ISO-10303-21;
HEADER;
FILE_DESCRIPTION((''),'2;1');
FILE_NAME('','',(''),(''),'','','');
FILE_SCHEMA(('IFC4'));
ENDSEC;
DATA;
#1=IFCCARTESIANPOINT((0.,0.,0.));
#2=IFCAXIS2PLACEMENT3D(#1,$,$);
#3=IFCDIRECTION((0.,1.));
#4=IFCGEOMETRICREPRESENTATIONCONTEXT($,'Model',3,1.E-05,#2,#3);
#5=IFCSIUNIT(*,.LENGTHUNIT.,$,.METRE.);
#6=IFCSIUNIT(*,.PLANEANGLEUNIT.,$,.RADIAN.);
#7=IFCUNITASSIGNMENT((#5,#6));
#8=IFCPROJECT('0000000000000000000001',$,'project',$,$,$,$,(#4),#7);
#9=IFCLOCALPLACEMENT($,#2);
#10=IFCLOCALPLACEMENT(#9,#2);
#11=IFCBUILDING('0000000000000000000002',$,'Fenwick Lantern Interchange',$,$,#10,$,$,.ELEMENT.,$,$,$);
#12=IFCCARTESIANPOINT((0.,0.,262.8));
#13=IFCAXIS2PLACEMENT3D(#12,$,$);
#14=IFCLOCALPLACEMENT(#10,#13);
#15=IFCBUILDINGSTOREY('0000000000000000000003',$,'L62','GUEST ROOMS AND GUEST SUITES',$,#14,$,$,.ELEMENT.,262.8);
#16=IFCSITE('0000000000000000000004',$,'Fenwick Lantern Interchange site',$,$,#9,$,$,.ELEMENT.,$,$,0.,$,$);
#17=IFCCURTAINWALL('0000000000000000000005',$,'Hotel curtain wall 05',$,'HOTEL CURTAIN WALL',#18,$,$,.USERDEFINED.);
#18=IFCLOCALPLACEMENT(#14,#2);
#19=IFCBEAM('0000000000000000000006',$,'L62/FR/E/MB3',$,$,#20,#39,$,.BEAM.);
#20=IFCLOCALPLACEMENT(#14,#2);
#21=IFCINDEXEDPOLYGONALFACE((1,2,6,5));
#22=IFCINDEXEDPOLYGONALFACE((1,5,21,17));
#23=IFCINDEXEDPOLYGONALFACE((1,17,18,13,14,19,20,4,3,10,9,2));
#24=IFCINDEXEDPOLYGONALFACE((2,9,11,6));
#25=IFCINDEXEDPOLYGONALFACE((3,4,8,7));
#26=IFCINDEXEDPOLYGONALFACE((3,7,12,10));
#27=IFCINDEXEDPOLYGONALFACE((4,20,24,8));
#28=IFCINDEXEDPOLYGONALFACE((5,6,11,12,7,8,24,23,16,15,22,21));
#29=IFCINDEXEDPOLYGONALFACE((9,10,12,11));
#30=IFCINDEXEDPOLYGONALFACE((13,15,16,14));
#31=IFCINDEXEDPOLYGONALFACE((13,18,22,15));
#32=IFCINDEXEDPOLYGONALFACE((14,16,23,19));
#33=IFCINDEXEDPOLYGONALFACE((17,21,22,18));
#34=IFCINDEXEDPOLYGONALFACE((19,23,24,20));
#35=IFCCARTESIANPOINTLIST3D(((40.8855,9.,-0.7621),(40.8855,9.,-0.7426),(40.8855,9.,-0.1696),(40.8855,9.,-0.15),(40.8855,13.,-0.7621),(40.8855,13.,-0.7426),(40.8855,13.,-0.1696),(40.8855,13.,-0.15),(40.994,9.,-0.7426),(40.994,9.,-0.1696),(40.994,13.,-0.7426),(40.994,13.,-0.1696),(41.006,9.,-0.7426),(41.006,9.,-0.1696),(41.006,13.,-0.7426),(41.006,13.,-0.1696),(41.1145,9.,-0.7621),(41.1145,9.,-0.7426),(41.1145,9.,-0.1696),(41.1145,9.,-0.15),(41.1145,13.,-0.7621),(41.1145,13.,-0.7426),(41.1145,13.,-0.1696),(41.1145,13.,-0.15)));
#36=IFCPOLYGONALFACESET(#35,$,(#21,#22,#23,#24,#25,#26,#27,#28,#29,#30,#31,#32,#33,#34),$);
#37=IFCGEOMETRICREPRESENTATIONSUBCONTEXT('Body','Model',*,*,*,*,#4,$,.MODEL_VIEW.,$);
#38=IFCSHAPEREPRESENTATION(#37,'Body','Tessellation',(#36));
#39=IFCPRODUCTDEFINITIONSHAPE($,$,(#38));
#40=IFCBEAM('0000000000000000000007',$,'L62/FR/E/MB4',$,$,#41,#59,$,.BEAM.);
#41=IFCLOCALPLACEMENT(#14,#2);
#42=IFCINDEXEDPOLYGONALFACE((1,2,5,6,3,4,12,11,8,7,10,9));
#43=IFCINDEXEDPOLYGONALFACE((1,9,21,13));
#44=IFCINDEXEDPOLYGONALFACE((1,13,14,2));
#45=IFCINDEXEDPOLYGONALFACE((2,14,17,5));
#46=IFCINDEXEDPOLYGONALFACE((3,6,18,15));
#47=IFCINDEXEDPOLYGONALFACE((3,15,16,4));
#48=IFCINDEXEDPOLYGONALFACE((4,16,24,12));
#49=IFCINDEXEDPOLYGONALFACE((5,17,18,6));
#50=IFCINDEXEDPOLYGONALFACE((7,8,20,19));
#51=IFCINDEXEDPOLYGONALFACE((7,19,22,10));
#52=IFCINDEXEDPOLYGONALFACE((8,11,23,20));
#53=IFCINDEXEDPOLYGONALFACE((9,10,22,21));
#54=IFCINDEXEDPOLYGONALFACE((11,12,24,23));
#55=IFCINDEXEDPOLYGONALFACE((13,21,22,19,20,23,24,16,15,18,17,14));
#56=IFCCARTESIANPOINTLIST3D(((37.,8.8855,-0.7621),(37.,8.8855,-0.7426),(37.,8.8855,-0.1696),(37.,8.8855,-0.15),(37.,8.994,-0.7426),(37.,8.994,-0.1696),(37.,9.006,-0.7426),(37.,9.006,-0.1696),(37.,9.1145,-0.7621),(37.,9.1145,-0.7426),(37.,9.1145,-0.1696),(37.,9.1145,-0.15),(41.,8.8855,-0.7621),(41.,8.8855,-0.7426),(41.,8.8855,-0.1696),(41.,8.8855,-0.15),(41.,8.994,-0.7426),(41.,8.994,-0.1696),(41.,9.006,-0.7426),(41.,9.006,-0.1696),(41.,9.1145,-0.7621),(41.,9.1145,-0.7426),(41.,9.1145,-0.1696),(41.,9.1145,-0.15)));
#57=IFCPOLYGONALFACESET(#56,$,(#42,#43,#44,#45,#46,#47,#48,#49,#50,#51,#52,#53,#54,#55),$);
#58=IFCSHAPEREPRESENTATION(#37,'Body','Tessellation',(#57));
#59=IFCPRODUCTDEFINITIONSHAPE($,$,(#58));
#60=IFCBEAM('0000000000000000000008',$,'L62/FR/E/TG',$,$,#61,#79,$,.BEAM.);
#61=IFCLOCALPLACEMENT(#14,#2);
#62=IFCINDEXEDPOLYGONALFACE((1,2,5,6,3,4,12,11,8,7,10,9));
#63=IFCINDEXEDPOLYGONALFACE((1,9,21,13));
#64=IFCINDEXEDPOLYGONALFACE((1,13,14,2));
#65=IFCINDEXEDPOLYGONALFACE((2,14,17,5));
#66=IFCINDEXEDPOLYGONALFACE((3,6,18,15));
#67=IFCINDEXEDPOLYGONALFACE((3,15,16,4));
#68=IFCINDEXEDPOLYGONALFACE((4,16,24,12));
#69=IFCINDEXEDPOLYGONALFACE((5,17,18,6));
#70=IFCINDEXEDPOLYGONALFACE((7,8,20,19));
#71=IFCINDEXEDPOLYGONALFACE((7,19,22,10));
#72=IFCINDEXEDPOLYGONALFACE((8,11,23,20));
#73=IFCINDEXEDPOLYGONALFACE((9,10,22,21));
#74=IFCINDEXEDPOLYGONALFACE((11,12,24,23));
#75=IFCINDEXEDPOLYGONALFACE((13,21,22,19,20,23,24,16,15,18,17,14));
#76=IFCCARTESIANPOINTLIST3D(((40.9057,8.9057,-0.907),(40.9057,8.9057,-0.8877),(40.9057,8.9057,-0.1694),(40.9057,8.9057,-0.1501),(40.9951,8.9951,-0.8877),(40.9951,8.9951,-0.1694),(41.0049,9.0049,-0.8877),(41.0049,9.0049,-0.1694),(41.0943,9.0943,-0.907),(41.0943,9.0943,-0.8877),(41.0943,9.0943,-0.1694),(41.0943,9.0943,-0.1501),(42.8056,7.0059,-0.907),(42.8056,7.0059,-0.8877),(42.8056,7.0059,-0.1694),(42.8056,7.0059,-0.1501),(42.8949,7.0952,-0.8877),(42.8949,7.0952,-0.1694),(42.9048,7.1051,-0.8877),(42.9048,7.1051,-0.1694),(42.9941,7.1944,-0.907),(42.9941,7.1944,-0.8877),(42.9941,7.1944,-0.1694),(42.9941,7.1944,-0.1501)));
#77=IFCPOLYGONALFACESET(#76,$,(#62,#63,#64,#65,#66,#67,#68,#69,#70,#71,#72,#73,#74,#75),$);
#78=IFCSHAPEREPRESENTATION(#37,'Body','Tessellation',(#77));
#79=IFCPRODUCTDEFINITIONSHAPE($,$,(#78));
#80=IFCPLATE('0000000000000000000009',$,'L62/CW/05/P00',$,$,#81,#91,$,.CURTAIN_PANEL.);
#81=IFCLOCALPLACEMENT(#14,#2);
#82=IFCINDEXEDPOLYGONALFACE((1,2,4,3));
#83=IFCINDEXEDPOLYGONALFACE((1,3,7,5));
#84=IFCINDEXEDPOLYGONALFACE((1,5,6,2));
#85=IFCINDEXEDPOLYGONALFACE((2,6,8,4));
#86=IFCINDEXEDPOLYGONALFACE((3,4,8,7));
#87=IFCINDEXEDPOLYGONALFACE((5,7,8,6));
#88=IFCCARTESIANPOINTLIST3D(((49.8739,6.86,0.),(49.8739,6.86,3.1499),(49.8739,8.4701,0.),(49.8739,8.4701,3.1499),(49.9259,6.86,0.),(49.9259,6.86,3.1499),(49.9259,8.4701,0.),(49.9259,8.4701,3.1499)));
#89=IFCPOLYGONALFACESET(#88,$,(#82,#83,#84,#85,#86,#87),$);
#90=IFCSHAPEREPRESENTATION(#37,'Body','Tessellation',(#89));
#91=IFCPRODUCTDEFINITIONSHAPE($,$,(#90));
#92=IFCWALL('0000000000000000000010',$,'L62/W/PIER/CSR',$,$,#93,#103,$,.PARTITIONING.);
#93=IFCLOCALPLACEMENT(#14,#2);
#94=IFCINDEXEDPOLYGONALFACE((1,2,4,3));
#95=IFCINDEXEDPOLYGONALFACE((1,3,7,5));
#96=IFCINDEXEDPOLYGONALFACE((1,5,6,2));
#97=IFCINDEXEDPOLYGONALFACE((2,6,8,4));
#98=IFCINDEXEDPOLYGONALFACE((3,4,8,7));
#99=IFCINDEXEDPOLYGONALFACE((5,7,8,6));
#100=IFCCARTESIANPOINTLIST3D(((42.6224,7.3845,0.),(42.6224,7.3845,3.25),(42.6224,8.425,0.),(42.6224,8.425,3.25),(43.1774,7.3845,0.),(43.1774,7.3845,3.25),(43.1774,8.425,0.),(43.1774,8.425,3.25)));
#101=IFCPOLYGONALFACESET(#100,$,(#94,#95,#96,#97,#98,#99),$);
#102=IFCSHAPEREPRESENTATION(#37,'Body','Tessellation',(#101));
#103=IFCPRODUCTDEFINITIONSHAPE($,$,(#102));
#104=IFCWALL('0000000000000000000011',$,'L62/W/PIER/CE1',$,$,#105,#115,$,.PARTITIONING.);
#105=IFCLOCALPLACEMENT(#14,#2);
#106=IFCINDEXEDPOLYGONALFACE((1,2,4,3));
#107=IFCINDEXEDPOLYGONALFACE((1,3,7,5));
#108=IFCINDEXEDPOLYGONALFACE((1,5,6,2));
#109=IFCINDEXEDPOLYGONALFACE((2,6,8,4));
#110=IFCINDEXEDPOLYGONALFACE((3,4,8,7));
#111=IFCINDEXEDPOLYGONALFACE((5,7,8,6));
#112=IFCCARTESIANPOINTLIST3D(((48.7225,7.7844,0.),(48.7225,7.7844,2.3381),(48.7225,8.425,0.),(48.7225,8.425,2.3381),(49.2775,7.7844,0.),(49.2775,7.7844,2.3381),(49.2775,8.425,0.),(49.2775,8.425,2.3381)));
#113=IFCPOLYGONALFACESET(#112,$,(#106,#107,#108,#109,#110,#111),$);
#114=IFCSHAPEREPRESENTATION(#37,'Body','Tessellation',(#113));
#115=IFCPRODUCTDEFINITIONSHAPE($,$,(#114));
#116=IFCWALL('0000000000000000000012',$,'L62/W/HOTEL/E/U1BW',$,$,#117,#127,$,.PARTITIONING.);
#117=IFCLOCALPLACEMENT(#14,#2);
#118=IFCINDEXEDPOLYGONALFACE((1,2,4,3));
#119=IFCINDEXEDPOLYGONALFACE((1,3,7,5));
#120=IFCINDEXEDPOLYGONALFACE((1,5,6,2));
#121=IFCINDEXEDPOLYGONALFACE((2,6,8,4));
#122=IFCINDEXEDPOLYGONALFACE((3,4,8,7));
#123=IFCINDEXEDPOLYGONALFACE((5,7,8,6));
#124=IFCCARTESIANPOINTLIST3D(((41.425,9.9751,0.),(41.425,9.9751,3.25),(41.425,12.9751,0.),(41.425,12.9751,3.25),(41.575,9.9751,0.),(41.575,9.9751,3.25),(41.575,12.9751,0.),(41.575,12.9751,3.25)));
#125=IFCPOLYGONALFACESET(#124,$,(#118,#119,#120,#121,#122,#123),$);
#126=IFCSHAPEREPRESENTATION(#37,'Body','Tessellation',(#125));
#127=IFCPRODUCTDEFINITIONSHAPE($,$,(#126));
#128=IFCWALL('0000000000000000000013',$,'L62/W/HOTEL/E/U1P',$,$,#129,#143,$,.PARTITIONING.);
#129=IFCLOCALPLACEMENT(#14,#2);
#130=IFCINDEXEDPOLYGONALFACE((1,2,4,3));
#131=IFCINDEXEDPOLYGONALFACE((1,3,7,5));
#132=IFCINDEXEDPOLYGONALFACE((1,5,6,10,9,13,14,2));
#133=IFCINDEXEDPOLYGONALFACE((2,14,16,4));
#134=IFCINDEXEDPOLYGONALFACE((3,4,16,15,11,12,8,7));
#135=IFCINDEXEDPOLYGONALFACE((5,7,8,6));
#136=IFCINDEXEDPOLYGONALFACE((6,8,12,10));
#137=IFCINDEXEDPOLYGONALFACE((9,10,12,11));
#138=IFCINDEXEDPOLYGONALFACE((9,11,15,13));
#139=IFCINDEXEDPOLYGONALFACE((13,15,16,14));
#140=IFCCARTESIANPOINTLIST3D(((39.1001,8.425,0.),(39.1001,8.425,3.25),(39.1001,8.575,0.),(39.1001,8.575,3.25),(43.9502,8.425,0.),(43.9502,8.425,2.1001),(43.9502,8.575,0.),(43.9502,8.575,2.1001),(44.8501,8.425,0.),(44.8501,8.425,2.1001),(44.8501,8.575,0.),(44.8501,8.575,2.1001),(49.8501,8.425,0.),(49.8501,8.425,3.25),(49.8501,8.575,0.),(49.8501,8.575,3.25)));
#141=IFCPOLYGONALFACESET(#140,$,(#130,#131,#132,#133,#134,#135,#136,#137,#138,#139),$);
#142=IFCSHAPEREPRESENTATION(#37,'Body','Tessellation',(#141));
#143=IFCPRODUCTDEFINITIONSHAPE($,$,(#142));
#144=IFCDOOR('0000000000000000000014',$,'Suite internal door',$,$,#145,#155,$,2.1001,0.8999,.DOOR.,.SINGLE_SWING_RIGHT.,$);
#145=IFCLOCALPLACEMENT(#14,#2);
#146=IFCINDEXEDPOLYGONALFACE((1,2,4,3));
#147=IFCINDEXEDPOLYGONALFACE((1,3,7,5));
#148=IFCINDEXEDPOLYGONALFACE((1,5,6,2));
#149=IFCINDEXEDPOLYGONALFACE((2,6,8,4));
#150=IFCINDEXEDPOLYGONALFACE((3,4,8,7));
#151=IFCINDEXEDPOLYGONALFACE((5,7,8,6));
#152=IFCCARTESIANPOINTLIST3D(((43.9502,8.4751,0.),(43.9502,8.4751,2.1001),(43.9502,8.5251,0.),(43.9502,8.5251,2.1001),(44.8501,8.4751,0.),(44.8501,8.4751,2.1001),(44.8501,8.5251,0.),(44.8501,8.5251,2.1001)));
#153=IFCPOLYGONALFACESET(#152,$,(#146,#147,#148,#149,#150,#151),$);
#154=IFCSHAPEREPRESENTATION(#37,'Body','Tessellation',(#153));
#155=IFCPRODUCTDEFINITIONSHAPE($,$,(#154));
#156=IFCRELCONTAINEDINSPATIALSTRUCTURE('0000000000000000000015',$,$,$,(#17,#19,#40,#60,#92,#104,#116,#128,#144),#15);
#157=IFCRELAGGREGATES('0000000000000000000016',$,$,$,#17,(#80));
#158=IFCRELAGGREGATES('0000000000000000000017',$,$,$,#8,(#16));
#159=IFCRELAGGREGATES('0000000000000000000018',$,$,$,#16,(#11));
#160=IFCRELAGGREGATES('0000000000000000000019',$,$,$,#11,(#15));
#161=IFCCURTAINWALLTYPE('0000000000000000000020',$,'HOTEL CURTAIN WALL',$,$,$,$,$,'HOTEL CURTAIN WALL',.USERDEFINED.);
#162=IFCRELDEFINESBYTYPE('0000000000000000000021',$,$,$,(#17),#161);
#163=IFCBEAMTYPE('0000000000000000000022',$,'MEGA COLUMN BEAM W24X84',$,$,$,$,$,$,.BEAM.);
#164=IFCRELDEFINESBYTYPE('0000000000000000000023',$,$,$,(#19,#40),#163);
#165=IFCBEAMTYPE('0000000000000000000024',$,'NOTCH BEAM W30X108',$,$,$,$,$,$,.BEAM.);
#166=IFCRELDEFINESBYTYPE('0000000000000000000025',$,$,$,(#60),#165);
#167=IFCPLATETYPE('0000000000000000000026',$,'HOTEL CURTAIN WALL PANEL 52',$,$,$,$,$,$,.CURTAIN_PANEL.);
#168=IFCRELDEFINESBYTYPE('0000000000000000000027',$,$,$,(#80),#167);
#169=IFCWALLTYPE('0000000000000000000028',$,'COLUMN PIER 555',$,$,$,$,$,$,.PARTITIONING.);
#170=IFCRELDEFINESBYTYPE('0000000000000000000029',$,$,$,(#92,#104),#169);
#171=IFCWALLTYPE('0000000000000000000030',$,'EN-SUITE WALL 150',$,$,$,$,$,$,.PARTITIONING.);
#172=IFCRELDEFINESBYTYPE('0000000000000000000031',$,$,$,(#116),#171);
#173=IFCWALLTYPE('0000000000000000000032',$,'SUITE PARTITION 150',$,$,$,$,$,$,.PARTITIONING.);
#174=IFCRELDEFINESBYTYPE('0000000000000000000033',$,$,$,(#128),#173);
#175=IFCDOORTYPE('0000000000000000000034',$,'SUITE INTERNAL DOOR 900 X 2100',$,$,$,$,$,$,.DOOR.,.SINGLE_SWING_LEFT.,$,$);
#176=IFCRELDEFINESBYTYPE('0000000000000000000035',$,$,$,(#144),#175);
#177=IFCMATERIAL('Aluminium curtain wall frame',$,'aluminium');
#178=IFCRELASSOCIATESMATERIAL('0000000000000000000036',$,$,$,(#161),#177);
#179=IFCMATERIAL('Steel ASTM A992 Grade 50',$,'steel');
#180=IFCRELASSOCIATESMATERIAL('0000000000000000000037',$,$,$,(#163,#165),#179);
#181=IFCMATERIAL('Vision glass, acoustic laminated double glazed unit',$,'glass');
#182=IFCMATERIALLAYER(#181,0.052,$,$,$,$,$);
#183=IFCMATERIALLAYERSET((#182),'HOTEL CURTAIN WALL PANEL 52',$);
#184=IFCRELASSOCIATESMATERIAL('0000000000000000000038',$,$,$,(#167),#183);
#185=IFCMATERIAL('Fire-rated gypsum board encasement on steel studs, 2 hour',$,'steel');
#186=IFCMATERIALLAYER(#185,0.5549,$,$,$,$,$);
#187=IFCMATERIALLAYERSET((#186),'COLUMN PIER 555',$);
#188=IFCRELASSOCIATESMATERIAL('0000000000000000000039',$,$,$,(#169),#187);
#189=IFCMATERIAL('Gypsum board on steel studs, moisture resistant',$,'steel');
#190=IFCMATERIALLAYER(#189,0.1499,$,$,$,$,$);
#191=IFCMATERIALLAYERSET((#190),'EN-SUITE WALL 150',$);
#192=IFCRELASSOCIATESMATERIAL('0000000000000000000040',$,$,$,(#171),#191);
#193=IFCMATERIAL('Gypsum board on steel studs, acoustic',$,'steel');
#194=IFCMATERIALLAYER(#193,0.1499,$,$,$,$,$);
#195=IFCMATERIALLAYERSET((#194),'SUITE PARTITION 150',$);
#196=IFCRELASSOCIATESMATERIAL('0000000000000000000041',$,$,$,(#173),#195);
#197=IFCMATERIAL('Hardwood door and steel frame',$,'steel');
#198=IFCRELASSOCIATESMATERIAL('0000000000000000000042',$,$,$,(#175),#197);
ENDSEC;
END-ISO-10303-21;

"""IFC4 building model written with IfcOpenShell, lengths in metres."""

from ifc_helpers import new_model, si_unit, direction, frame, frame_2d, origin, origin_2d, place, context, subcontext, project, spatial, rectangle, i_section, extrude, material, layer, layer_set, material_profile, profile_set, type_object, element, fill, aggregate, save


model = new_model("IFC4")

# Units and contexts
model_context = context("Model", 3, precision=1e-05, world=origin(), true_north=direction((0.0, 1.0)))
body_context = subcontext(model_context, "Body", "Model", "MODEL_VIEW")
ifc_project = project(units=[si_unit("LENGTHUNIT", "METRE"), si_unit("PLANEANGLEUNIT", "RADIAN")], contexts=[model_context])

# Site, building, storey
site_placement = place(None, origin())
site = spatial("IfcSite", under=ifc_project, at=site_placement, Name="Fenwick Lantern Interchange site", CompositionType="ELEMENT", RefElevation=0.0)
building_placement = place(site_placement, origin())
building = spatial("IfcBuilding", under=site, at=building_placement, Name="Fenwick Lantern Interchange", CompositionType="ELEMENT")
storey_placement = place(building_placement, frame((0.0, 0.0, 262.8)))
storey = spatial("IfcBuildingStorey", under=building, at=storey_placement, Name="L62", Description="GUEST ROOMS AND GUEST SUITES", CompositionType="ELEMENT", Elevation=262.8)

# Shared definitions
ifc_material_1 = material(Name="Steel ASTM A992 Grade 50", Category="steel")

# Curtain wall
ifc_material_2 = material(Name="Aluminium curtain wall frame", Category="aluminium")
curtain_wall_type = type_object("IfcCurtainWallType", Name="HOTEL CURTAIN WALL", ElementType="HOTEL CURTAIN WALL", PredefinedType="USERDEFINED", material=ifc_material_2)
curtain_wall_placement = place(storey_placement, origin())
curtain_wall = element("IfcCurtainWall", 1, at=curtain_wall_placement, inside=storey, type_object=curtain_wall_type, Name="Hotel curtain wall 05", ObjectType="HOTEL CURTAIN WALL", PredefinedType="USERDEFINED")

# Beams
ifc_material_profile_1 = material_profile(ifc_material_1, i_section(OverallWidth=0.229, OverallDepth=0.6121, WebThickness=0.012, FlangeThickness=0.0195, at=origin_2d()), Name="W24X84")
ifc_profile_set_1 = profile_set([ifc_material_profile_1], Name="Steel ASTM A992 Grade 50")
beam_type_1 = type_object("IfcBeamType", Name="MEGA COLUMN BEAM W24X84", PredefinedType="BEAM", material=ifc_profile_set_1)
for number, where, z_axis, x_axis, name in (
    (2, (41.0, 9.0, -0.4561), (0.0, 1.0, 0.0), (-1.0, 0.0, 0.0), "L62/FR/E/MB3"),
    (3, (41.0, 9.0, -0.4561), (-1.0, 0.0, 0.0), (0.0, -1.0, 0.0), "L62/FR/E/MB4"),
):
    element("IfcBeam", number, at=place(storey_placement, frame(where, z_axis=z_axis, x_axis=x_axis)), inside=storey, type_object=beam_type_1, Name=name, PredefinedType="BEAM", context=body_context, shape_type="SweptSolid", body=[
        extrude(i_section(OverallWidth=0.229, OverallDepth=0.6121, WebThickness=0.012, FlangeThickness=0.0195, at=origin_2d()), origin(), (0.0, 0.0, 1.0), 4.0),
    ])
ifc_material_profile_2 = material_profile(ifc_material_1, i_section(OverallWidth=0.2666, OverallDepth=0.7568, WebThickness=0.0139, FlangeThickness=0.0193, at=origin_2d()), Name="W30X108")
ifc_profile_set_2 = profile_set([ifc_material_profile_2], Name="Steel ASTM A992 Grade 50")
beam_type_2 = type_object("IfcBeamType", Name="NOTCH BEAM W30X108", PredefinedType="BEAM", material=ifc_profile_set_2)
beam_1_placement = place(storey_placement, frame((41.0, 9.0, -0.5286), z_axis=(0.707107, -0.707107, 0.0), x_axis=(0.707107, 0.707107, 0.0)))
element("IfcBeam", 4, at=beam_1_placement, inside=storey, type_object=beam_type_2, Name="L62/FR/E/TG", PredefinedType="BEAM", context=body_context, shape_type="SweptSolid", body=[
    extrude(i_section(OverallWidth=0.2666, OverallDepth=0.7568, WebThickness=0.0139, FlangeThickness=0.0193, at=origin_2d()), origin(), (0.0, 0.0, 1.0), 2.6868),
])

# Plate
ifc_material_3 = material(Name="Vision glass, acoustic laminated double glazed unit", Category="glass")
ifc_layer_1 = layer(ifc_material_3, 0.052)
ifc_layer_set_1 = layer_set([ifc_layer_1], Name="HOTEL CURTAIN WALL PANEL 52")
plate_type = type_object("IfcPlateType", Name="HOTEL CURTAIN WALL PANEL 52", PredefinedType="CURTAIN_PANEL", material=ifc_layer_set_1)
plate_placement = place(storey_placement, frame((49.8999, 7.665, 0.0), z_axis=(0.0, 0.0, 1.0), x_axis=(0.0, 1.0, 0.0)))
plate = element("IfcPlate", 5, at=plate_placement, type_object=plate_type, Name="L62/CW/05/P00", PredefinedType="CURTAIN_PANEL", context=body_context, shape_type="SweptSolid", body=[
    extrude(rectangle(XDim=1.6101, YDim=0.052, at=origin_2d()), origin(), (0.0, 0.0, 1.0), 3.1499),
])
aggregate(curtain_wall, [plate])

# Walls
ifc_material_4 = material(Name="Fire-rated gypsum board encasement on steel studs, 2 hour", Category="steel")
ifc_layer_2 = layer(ifc_material_4, 0.5549)
ifc_layer_set_2 = layer_set([ifc_layer_2], Name="COLUMN PIER 555")
wall_type_1 = type_object("IfcWallType", Name="COLUMN PIER 555", PredefinedType="PARTITIONING", material=ifc_layer_set_2)
wall_1_placement = place(storey_placement, frame((42.8999, 8.425, 0.0), z_axis=(0.0, 0.0, 1.0), x_axis=(0.0, -1.0, 0.0)))
element("IfcWall", 6, at=wall_1_placement, inside=storey, type_object=wall_type_1, Name="L62/W/PIER/CSR", PredefinedType="PARTITIONING", context=body_context, shape_type="SweptSolid", body=[
    extrude(rectangle(XDim=1.0405, YDim=0.5549, at=frame_2d((0.5203, 0.0))), origin(), (0.0, 0.0, 1.0), 3.25),
])
wall_2_placement = place(storey_placement, frame((49.0, 8.425, 0.0), z_axis=(0.0, 0.0, 1.0), x_axis=(0.0, -1.0, 0.0)))
element("IfcWall", 7, at=wall_2_placement, inside=storey, type_object=wall_type_1, Name="L62/W/PIER/CE1", PredefinedType="PARTITIONING", context=body_context, shape_type="SweptSolid", body=[
    extrude(rectangle(XDim=0.6406, YDim=0.5549, at=frame_2d((0.3203, 0.0))), origin(), (0.0, 0.0, 1.0), 2.3381),
])
ifc_material_5 = material(Name="Gypsum board on steel studs, moisture resistant", Category="steel")
ifc_layer_3 = layer(ifc_material_5, 0.1499)
ifc_layer_set_3 = layer_set([ifc_layer_3], Name="EN-SUITE WALL 150")
wall_type_2 = type_object("IfcWallType", Name="EN-SUITE WALL 150", PredefinedType="PARTITIONING", material=ifc_layer_set_3)
wall_3_placement = place(storey_placement, frame((41.5, 9.9751, 0.0), z_axis=(0.0, 0.0, 1.0), x_axis=(0.0, 1.0, 0.0)))
element("IfcWall", 8, at=wall_3_placement, inside=storey, type_object=wall_type_2, Name="L62/W/HOTEL/E/U1BW", PredefinedType="PARTITIONING", context=body_context, shape_type="SweptSolid", body=[
    extrude(rectangle(XDim=3.0, YDim=0.1499, at=frame_2d((1.5, 0.0))), origin(), (0.0, 0.0, 1.0), 3.25),
])

# Wall, opening, door
ifc_material_6 = material(Name="Gypsum board on steel studs, acoustic", Category="steel")
ifc_layer_4 = layer(ifc_material_6, 0.1499)
ifc_layer_set_4 = layer_set([ifc_layer_4], Name="SUITE PARTITION 150")
wall_type_3 = type_object("IfcWallType", Name="SUITE PARTITION 150", PredefinedType="PARTITIONING", material=ifc_layer_set_4)
wall_4_placement = place(storey_placement, frame((49.8501, 8.5, 0.0), z_axis=(0.0, 0.0, 1.0), x_axis=(-1.0, 0.0, 0.0)))
wall_4 = element("IfcWall", 9, at=wall_4_placement, inside=storey, type_object=wall_type_3, Name="L62/W/HOTEL/E/U1P", PredefinedType="PARTITIONING", context=body_context, shape_type="SweptSolid", body=[
    extrude(rectangle(XDim=10.75, YDim=0.1499, at=frame_2d((5.375, 0.0))), origin(), (0.0, 0.0, 1.0), 3.25),
])
opening_placement = place(wall_4_placement, frame((5.0, 0.0, 0.0)))
opening = element("IfcOpeningElement", 10, at=opening_placement, cuts=wall_4, PredefinedType="OPENING", context=body_context, shape_type="SweptSolid", body=[
    extrude(rectangle(XDim=0.8999, YDim=2.1001, at=frame_2d((0.45, 1.05))), frame((0.0, 0.085, 0.0), z_axis=(0.0, -1.0, 0.0), x_axis=(1.0, 0.0, 0.0)), (0.0, 0.0, 1.0), 0.1699),
])
ifc_material_7 = material(Name="Hardwood door and steel frame", Category="steel")
door_type = type_object("IfcDoorType", Name="SUITE INTERNAL DOOR 900 X 2100", OperationType="SINGLE_SWING_LEFT", PredefinedType="DOOR", material=ifc_material_7)
door_placement = place(opening_placement, origin())
door = element("IfcDoor", 11, at=door_placement, inside=storey, type_object=door_type, Name="Suite internal door", OperationType="SINGLE_SWING_RIGHT", OverallHeight=2.1001, OverallWidth=0.8999, PredefinedType="DOOR", context=body_context, shape_type="SweptSolid", body=[
    extrude(rectangle(XDim=0.8999, YDim=2.1001, at=frame_2d((0.45, 1.05))), frame((0.0, 0.0249, 0.0), z_axis=(0.0, -1.0, 0.0), x_axis=(1.0, 0.0, 0.0)), (0.0, 0.0, 1.0), 0.05),
])
fill(opening, door)

save(model, "model.ifc")
